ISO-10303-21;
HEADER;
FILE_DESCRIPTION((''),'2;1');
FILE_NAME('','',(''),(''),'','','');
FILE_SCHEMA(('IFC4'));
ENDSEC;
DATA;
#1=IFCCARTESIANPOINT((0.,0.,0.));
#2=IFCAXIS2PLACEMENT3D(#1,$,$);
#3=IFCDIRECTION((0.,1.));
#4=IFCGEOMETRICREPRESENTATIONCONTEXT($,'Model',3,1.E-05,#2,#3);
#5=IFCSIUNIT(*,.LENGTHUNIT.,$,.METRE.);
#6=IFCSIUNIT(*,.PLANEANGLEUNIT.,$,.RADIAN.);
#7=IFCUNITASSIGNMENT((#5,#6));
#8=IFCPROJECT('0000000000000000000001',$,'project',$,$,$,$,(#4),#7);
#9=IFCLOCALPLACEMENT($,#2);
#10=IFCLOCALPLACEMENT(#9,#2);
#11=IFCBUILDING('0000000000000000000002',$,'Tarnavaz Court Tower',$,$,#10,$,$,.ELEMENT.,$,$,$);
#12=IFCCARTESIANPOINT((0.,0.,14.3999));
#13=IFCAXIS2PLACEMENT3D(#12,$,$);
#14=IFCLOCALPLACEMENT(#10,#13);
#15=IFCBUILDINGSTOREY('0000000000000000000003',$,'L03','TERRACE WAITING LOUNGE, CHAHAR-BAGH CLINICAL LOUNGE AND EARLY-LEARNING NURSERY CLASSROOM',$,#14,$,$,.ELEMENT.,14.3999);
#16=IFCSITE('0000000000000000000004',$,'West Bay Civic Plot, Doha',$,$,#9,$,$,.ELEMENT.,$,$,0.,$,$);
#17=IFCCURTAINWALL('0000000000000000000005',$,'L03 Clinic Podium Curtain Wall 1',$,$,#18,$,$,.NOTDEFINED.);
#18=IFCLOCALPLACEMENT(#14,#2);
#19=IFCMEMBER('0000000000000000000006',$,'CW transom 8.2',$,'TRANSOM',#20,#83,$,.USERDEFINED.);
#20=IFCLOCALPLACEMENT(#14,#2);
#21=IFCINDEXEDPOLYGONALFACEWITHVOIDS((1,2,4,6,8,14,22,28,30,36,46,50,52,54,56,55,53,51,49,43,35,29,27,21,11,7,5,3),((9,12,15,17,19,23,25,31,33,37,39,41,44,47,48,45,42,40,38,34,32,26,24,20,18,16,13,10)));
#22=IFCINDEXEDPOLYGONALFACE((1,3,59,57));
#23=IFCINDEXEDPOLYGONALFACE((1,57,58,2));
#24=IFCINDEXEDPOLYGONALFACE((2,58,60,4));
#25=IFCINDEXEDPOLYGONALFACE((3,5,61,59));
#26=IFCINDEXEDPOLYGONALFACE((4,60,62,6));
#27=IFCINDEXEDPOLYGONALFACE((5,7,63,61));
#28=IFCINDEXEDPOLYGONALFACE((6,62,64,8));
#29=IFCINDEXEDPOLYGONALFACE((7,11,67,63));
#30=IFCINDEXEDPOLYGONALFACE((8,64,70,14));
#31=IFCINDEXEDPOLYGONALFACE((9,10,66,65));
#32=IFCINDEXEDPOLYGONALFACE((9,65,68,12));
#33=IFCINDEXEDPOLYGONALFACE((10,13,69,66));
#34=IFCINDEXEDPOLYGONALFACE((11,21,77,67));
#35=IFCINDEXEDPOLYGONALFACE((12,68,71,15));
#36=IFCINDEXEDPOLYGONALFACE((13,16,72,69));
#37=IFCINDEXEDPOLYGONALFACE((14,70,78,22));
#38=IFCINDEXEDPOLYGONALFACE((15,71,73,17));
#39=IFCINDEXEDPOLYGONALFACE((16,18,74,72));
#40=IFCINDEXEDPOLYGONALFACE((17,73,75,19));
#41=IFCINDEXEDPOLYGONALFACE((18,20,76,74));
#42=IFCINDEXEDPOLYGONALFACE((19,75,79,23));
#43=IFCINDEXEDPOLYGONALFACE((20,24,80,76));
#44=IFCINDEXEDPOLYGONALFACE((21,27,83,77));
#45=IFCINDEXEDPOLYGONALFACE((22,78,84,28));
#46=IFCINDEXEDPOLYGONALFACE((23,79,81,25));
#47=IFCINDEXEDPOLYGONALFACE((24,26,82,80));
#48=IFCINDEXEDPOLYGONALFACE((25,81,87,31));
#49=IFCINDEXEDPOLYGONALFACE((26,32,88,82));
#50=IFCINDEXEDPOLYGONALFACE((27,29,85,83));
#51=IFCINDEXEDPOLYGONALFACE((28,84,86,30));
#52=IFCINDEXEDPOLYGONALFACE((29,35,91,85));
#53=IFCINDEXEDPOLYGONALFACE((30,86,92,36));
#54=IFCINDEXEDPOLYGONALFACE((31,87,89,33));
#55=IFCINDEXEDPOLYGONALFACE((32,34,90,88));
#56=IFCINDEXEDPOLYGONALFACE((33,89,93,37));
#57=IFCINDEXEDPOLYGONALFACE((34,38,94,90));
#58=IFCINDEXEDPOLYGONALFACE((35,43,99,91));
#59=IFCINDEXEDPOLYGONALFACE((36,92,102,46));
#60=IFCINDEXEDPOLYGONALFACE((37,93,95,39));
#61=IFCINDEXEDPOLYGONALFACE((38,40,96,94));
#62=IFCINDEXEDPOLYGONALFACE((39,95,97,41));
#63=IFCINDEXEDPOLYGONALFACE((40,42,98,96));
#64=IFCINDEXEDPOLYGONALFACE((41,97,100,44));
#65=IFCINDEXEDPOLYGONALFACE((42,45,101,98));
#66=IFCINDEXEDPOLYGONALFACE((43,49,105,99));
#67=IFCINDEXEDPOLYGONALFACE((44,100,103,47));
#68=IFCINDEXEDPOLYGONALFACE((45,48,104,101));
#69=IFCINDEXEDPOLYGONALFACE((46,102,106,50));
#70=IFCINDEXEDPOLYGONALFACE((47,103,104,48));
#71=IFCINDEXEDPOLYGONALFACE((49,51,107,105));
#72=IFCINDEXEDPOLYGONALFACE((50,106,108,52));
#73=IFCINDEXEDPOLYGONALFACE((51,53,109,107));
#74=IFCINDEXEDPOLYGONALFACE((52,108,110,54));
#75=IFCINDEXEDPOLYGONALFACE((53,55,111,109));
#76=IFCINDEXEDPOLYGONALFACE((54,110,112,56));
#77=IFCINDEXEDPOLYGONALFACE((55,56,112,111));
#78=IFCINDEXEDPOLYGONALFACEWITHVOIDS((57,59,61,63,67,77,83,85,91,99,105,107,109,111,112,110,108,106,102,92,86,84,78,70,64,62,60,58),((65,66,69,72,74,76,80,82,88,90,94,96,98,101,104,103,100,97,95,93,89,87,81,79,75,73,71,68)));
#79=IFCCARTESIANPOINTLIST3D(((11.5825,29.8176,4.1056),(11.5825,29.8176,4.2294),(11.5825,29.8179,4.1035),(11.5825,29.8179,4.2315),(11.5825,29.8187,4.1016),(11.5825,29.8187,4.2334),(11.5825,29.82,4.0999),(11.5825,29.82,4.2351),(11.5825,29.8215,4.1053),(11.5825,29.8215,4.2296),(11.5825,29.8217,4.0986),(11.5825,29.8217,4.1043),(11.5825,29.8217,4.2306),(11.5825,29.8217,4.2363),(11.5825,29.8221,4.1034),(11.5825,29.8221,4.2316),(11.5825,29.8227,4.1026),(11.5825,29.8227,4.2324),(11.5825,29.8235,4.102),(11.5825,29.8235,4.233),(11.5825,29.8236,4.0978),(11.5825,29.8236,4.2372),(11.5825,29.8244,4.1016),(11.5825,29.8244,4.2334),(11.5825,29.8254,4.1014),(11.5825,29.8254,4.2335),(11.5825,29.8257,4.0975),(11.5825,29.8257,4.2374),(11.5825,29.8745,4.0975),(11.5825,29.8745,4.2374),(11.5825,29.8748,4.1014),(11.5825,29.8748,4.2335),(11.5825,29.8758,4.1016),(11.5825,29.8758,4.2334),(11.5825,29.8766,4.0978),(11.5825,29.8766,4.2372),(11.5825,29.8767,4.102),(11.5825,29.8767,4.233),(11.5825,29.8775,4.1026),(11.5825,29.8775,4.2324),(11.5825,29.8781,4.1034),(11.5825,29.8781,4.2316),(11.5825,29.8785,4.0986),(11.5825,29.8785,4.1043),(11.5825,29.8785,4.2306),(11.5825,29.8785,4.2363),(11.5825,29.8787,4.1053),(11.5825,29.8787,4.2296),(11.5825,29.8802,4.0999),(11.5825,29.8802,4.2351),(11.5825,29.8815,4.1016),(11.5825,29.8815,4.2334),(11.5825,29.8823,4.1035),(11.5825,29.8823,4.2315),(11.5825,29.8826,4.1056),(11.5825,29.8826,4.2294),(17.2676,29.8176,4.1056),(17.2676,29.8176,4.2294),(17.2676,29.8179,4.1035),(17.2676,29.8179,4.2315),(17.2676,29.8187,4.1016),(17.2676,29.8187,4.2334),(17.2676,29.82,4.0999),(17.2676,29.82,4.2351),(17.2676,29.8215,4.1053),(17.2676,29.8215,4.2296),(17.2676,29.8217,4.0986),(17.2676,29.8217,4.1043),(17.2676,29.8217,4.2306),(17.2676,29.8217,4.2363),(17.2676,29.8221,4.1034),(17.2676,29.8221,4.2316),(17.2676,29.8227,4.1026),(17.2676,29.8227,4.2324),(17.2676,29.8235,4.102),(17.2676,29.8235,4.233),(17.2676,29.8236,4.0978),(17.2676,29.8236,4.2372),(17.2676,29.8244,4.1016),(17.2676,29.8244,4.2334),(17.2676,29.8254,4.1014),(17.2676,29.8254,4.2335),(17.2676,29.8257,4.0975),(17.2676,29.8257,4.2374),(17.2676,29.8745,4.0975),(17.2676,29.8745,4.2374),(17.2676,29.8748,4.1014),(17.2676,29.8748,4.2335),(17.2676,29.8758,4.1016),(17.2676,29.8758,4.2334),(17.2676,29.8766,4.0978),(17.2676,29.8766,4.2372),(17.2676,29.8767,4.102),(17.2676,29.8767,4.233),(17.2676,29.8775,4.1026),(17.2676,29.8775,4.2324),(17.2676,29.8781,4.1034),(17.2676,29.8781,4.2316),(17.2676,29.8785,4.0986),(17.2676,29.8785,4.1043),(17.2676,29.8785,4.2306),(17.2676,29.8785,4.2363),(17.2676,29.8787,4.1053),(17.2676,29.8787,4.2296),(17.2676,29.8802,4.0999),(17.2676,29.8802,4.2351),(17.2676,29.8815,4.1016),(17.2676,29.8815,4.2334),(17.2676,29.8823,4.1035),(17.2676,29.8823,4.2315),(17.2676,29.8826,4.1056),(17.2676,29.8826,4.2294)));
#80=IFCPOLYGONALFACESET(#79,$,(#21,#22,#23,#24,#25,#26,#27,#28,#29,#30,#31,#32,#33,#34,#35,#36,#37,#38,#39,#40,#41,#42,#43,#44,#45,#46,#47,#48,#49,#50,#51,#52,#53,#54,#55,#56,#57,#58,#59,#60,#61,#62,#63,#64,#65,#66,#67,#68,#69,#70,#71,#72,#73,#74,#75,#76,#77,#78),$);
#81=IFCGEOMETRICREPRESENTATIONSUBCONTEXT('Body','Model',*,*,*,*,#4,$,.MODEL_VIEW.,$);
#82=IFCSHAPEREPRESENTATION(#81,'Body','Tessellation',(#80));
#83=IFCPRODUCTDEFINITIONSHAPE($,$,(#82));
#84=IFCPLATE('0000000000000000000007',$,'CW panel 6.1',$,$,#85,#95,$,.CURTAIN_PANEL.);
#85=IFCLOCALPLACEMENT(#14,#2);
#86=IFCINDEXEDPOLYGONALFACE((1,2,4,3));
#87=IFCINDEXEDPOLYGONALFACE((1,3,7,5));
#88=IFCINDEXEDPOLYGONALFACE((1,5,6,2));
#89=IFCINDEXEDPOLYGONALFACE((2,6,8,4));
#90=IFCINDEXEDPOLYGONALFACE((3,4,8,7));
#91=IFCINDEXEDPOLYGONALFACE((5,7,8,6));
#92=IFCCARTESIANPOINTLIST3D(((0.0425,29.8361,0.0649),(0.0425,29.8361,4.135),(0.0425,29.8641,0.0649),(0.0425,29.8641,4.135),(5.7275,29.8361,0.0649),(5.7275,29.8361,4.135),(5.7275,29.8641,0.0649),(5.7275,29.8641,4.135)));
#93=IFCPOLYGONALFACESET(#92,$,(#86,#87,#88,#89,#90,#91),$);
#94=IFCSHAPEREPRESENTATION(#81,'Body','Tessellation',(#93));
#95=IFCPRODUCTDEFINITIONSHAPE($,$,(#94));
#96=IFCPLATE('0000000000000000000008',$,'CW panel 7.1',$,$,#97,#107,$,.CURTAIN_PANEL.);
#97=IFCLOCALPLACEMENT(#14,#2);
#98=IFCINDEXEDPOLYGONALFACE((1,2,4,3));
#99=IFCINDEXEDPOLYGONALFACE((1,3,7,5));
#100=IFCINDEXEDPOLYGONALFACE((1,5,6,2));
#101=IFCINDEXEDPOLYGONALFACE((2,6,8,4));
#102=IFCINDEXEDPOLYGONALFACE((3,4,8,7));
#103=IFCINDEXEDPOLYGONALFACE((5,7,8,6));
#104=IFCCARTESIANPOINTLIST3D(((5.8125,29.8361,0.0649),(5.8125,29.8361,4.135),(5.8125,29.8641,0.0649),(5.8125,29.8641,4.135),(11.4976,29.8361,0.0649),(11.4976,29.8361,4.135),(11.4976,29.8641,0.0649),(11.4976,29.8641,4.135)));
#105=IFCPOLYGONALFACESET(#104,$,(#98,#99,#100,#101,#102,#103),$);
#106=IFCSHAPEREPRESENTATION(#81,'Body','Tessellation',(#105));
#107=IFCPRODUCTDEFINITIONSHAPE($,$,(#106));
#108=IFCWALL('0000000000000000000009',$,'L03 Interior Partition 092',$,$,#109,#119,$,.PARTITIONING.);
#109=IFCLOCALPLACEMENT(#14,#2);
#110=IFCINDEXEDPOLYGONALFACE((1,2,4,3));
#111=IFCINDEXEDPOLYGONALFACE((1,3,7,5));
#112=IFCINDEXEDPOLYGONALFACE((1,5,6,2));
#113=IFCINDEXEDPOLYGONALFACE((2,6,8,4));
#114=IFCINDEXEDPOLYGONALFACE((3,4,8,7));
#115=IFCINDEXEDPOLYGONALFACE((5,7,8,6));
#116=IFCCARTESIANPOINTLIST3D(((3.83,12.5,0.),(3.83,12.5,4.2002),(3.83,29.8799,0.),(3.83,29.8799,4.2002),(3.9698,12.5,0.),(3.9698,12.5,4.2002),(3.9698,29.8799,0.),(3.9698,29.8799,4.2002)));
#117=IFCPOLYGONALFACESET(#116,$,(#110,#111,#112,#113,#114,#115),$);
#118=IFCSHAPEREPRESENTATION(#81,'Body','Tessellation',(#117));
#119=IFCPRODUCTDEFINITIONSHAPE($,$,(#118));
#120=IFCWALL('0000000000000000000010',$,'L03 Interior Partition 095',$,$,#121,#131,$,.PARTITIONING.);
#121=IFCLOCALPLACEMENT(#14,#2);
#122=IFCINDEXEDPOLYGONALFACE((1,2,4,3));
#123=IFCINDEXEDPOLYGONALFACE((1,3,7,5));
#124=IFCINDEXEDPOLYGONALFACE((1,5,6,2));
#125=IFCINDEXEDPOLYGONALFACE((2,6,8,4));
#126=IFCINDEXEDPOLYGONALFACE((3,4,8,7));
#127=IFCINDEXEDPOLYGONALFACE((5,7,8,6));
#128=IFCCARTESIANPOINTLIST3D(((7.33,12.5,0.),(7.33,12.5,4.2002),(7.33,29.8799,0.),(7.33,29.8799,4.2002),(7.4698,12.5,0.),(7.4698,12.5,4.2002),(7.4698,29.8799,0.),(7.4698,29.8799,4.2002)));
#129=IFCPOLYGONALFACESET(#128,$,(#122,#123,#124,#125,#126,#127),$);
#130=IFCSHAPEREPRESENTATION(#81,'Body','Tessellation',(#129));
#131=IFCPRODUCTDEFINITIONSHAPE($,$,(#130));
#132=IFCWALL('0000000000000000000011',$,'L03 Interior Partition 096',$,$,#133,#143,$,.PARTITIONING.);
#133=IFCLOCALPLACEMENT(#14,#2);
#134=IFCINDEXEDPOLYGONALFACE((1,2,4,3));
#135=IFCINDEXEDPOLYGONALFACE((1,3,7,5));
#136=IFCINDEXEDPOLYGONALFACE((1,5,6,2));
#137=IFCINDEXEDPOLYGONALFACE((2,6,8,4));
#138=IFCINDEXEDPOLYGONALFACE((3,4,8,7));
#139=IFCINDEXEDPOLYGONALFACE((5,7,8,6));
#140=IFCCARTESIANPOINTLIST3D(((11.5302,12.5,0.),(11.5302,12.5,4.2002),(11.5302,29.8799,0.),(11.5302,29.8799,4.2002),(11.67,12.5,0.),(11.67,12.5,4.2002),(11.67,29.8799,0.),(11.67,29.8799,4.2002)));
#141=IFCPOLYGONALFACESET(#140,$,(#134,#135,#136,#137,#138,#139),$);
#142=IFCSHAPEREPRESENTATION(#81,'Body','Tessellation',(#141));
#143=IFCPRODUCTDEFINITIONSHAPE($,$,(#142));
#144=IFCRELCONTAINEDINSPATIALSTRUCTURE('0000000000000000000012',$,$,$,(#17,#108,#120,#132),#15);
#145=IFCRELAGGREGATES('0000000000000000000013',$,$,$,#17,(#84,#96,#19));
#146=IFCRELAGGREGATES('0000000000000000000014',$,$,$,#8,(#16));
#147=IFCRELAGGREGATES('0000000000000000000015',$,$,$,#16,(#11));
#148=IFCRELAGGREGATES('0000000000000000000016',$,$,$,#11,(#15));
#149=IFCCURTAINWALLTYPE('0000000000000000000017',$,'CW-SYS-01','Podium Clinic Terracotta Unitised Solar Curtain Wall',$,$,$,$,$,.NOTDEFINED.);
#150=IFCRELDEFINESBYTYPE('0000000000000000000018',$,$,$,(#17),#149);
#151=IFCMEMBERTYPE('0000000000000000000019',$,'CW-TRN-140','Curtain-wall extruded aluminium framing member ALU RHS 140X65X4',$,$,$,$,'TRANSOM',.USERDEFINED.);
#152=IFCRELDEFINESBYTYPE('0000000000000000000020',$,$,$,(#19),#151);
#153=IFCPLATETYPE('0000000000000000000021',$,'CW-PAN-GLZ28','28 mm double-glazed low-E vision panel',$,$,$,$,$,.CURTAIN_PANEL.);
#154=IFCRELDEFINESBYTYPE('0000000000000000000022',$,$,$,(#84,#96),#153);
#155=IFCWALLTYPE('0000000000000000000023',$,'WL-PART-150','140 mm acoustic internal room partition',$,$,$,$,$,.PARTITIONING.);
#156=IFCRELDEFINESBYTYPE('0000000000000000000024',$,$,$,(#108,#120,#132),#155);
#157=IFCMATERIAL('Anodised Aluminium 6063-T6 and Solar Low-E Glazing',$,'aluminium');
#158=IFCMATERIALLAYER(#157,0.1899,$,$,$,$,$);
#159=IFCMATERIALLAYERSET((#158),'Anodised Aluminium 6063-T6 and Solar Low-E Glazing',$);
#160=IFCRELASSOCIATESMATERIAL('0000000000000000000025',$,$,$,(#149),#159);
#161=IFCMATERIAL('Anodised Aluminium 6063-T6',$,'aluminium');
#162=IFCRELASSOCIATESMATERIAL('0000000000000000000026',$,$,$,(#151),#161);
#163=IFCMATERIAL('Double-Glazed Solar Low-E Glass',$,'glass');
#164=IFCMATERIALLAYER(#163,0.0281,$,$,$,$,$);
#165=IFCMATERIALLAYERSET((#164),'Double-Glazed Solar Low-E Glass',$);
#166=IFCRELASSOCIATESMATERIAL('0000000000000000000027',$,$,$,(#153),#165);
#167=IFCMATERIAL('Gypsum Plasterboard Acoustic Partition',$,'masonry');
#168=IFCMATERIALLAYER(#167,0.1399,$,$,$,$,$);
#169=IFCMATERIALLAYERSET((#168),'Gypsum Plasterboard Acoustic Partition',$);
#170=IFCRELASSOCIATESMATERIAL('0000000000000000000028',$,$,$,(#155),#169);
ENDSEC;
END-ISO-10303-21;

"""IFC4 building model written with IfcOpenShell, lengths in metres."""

from ifc_helpers import new_model, si_unit, direction, frame, frame_2d, origin, origin_2d, place, context, subcontext, project, spatial, rectangle, hollow_rectangle, extrude, material, layer, layer_set, material_profile, profile_set, type_object, element, aggregate, save


model = new_model("IFC4")

# Units and contexts
model_context = context("Model", 3, precision=1e-05, world=origin(), true_north=direction((0.0, 1.0)))
body_context = subcontext(model_context, "Body", "Model", "MODEL_VIEW")
ifc_project = project(units=[si_unit("LENGTHUNIT", "METRE"), si_unit("PLANEANGLEUNIT", "RADIAN")], contexts=[model_context])

# Site, building, storey
site_placement = place(None, origin())
site = spatial("IfcSite", under=ifc_project, at=site_placement, Name="West Bay Civic Plot, Doha", CompositionType="ELEMENT", RefElevation=0.0)
building_placement = place(site_placement, origin())
building = spatial("IfcBuilding", under=site, at=building_placement, Name="Tarnavaz Court Tower", CompositionType="ELEMENT")
storey_placement = place(building_placement, frame((0.0, 0.0, 14.3999)))
storey = spatial("IfcBuildingStorey", under=building, at=storey_placement, Name="L03", Description="TERRACE WAITING LOUNGE, CHAHAR-BAGH CLINICAL LOUNGE AND EARLY-LEARNING NURSERY CLASSROOM", CompositionType="ELEMENT", Elevation=14.3999)

# Curtain wall, member, plates
ifc_material_1 = material(Name="Anodised Aluminium 6063-T6 and Solar Low-E Glazing", Category="aluminium")
ifc_layer_1 = layer(ifc_material_1, 0.1899)
ifc_layer_set_1 = layer_set([ifc_layer_1], Name="Anodised Aluminium 6063-T6 and Solar Low-E Glazing")
curtain_wall_type = type_object("IfcCurtainWallType", Name="CW-SYS-01", Description="Podium Clinic Terracotta Unitised Solar Curtain Wall", PredefinedType="NOTDEFINED", material=ifc_layer_set_1)
curtain_wall_placement = place(storey_placement, origin())
curtain_wall = element("IfcCurtainWall", 1, at=curtain_wall_placement, inside=storey, type_object=curtain_wall_type, Name="L03 Clinic Podium Curtain Wall 1", PredefinedType="NOTDEFINED")
ifc_material_2 = material(Name="Anodised Aluminium 6063-T6", Category="aluminium")
ifc_material_profile_1 = material_profile(ifc_material_2, hollow_rectangle(XDim=0.0649, YDim=0.1399, WallThickness=0.0039, InnerFilletRadius=0.0039, OuterFilletRadius=0.0081, at=origin_2d()), Name="ALU RHS 140X65X4")
ifc_profile_set_1 = profile_set([ifc_material_profile_1], Name="Anodised Aluminium 6063-T6")
member_type_1 = type_object("IfcMemberType", Name="CW-TRN-140", Description="Curtain-wall extruded aluminium framing member ALU RHS 140X65X4", ElementType="TRANSOM", PredefinedType="USERDEFINED", material=ifc_profile_set_1)
member_1_placement = place(storey_placement, frame((11.5825, 29.8501, 4.1675), z_axis=(1.0, 0.0, 0.0), x_axis=(0.0, 1.0, 0.0)))
member_1 = element("IfcMember", 2, at=member_1_placement, type_object=member_type_1, Name="CW transom 8.2", ObjectType="TRANSOM", PredefinedType="USERDEFINED", context=body_context, shape_type="SweptSolid", body=[
    extrude(hollow_rectangle(XDim=0.0649, YDim=0.1399, WallThickness=0.0039, InnerFilletRadius=0.0039, OuterFilletRadius=0.0081, at=origin_2d()), origin(), (0.0, 0.0, 1.0), 5.6851),
])
ifc_material_3 = material(Name="Double-Glazed Solar Low-E Glass", Category="glass")
ifc_layer_2 = layer(ifc_material_3, 0.0281)
ifc_layer_set_2 = layer_set([ifc_layer_2], Name="Double-Glazed Solar Low-E Glass")
plate_type = type_object("IfcPlateType", Name="CW-PAN-GLZ28", Description="28 mm double-glazed low-E vision panel", PredefinedType="CURTAIN_PANEL", material=ifc_layer_set_2)
plate_1_placement = place(storey_placement, frame((2.885, 29.8501, 0.0649), z_axis=(0.0, 0.0, 1.0), x_axis=(1.0, 0.0, 0.0)))
plate_1 = element("IfcPlate", 3, at=plate_1_placement, type_object=plate_type, Name="CW panel 6.1", PredefinedType="CURTAIN_PANEL", context=body_context, shape_type="SweptSolid", body=[
    extrude(rectangle(XDim=5.6851, YDim=0.0281, at=origin_2d()), origin(), (0.0, 0.0, 1.0), 4.0701),
])
plate_2_placement = place(storey_placement, frame((8.655, 29.8501, 0.0649), z_axis=(0.0, 0.0, 1.0), x_axis=(1.0, 0.0, 0.0)))
plate_2 = element("IfcPlate", 4, at=plate_2_placement, type_object=plate_type, Name="CW panel 7.1", PredefinedType="CURTAIN_PANEL", context=body_context, shape_type="SweptSolid", body=[
    extrude(rectangle(XDim=5.6851, YDim=0.0281, at=origin_2d()), origin(), (0.0, 0.0, 1.0), 4.0701),
])
aggregate(curtain_wall, [plate_1, plate_2, member_1])

# Walls
ifc_material_4 = material(Name="Gypsum Plasterboard Acoustic Partition", Category="masonry")
ifc_layer_3 = layer(ifc_material_4, 0.1399)
ifc_layer_set_3 = layer_set([ifc_layer_3], Name="Gypsum Plasterboard Acoustic Partition")
wall_type = type_object("IfcWallType", Name="WL-PART-150", Description="140 mm acoustic internal room partition", PredefinedType="PARTITIONING", material=ifc_layer_set_3)
for number, where, z_axis, x_axis, name in (
    (5, (3.8999, 12.5, 0.0), (0.0, 0.0, 1.0), (0.0, 1.0, 0.0), "L03 Interior Partition 092"),
    (6, (7.3999, 12.5, 0.0), (0.0, 0.0, 1.0), (0.0, 1.0, 0.0), "L03 Interior Partition 095"),
    (7, (11.6001, 12.5, 0.0), (0.0, 0.0, 1.0), (0.0, 1.0, 0.0), "L03 Interior Partition 096"),
):
    element("IfcWall", number, at=place(storey_placement, frame(where, z_axis=z_axis, x_axis=x_axis)), inside=storey, type_object=wall_type, Name=name, PredefinedType="PARTITIONING", context=body_context, shape_type="SweptSolid", body=[
        extrude(rectangle(XDim=17.3799, YDim=0.1399, at=frame_2d((8.6899, 0.0))), origin(), (0.0, 0.0, 1.0), 4.2002),
    ])

save(model, "model.ifc")
